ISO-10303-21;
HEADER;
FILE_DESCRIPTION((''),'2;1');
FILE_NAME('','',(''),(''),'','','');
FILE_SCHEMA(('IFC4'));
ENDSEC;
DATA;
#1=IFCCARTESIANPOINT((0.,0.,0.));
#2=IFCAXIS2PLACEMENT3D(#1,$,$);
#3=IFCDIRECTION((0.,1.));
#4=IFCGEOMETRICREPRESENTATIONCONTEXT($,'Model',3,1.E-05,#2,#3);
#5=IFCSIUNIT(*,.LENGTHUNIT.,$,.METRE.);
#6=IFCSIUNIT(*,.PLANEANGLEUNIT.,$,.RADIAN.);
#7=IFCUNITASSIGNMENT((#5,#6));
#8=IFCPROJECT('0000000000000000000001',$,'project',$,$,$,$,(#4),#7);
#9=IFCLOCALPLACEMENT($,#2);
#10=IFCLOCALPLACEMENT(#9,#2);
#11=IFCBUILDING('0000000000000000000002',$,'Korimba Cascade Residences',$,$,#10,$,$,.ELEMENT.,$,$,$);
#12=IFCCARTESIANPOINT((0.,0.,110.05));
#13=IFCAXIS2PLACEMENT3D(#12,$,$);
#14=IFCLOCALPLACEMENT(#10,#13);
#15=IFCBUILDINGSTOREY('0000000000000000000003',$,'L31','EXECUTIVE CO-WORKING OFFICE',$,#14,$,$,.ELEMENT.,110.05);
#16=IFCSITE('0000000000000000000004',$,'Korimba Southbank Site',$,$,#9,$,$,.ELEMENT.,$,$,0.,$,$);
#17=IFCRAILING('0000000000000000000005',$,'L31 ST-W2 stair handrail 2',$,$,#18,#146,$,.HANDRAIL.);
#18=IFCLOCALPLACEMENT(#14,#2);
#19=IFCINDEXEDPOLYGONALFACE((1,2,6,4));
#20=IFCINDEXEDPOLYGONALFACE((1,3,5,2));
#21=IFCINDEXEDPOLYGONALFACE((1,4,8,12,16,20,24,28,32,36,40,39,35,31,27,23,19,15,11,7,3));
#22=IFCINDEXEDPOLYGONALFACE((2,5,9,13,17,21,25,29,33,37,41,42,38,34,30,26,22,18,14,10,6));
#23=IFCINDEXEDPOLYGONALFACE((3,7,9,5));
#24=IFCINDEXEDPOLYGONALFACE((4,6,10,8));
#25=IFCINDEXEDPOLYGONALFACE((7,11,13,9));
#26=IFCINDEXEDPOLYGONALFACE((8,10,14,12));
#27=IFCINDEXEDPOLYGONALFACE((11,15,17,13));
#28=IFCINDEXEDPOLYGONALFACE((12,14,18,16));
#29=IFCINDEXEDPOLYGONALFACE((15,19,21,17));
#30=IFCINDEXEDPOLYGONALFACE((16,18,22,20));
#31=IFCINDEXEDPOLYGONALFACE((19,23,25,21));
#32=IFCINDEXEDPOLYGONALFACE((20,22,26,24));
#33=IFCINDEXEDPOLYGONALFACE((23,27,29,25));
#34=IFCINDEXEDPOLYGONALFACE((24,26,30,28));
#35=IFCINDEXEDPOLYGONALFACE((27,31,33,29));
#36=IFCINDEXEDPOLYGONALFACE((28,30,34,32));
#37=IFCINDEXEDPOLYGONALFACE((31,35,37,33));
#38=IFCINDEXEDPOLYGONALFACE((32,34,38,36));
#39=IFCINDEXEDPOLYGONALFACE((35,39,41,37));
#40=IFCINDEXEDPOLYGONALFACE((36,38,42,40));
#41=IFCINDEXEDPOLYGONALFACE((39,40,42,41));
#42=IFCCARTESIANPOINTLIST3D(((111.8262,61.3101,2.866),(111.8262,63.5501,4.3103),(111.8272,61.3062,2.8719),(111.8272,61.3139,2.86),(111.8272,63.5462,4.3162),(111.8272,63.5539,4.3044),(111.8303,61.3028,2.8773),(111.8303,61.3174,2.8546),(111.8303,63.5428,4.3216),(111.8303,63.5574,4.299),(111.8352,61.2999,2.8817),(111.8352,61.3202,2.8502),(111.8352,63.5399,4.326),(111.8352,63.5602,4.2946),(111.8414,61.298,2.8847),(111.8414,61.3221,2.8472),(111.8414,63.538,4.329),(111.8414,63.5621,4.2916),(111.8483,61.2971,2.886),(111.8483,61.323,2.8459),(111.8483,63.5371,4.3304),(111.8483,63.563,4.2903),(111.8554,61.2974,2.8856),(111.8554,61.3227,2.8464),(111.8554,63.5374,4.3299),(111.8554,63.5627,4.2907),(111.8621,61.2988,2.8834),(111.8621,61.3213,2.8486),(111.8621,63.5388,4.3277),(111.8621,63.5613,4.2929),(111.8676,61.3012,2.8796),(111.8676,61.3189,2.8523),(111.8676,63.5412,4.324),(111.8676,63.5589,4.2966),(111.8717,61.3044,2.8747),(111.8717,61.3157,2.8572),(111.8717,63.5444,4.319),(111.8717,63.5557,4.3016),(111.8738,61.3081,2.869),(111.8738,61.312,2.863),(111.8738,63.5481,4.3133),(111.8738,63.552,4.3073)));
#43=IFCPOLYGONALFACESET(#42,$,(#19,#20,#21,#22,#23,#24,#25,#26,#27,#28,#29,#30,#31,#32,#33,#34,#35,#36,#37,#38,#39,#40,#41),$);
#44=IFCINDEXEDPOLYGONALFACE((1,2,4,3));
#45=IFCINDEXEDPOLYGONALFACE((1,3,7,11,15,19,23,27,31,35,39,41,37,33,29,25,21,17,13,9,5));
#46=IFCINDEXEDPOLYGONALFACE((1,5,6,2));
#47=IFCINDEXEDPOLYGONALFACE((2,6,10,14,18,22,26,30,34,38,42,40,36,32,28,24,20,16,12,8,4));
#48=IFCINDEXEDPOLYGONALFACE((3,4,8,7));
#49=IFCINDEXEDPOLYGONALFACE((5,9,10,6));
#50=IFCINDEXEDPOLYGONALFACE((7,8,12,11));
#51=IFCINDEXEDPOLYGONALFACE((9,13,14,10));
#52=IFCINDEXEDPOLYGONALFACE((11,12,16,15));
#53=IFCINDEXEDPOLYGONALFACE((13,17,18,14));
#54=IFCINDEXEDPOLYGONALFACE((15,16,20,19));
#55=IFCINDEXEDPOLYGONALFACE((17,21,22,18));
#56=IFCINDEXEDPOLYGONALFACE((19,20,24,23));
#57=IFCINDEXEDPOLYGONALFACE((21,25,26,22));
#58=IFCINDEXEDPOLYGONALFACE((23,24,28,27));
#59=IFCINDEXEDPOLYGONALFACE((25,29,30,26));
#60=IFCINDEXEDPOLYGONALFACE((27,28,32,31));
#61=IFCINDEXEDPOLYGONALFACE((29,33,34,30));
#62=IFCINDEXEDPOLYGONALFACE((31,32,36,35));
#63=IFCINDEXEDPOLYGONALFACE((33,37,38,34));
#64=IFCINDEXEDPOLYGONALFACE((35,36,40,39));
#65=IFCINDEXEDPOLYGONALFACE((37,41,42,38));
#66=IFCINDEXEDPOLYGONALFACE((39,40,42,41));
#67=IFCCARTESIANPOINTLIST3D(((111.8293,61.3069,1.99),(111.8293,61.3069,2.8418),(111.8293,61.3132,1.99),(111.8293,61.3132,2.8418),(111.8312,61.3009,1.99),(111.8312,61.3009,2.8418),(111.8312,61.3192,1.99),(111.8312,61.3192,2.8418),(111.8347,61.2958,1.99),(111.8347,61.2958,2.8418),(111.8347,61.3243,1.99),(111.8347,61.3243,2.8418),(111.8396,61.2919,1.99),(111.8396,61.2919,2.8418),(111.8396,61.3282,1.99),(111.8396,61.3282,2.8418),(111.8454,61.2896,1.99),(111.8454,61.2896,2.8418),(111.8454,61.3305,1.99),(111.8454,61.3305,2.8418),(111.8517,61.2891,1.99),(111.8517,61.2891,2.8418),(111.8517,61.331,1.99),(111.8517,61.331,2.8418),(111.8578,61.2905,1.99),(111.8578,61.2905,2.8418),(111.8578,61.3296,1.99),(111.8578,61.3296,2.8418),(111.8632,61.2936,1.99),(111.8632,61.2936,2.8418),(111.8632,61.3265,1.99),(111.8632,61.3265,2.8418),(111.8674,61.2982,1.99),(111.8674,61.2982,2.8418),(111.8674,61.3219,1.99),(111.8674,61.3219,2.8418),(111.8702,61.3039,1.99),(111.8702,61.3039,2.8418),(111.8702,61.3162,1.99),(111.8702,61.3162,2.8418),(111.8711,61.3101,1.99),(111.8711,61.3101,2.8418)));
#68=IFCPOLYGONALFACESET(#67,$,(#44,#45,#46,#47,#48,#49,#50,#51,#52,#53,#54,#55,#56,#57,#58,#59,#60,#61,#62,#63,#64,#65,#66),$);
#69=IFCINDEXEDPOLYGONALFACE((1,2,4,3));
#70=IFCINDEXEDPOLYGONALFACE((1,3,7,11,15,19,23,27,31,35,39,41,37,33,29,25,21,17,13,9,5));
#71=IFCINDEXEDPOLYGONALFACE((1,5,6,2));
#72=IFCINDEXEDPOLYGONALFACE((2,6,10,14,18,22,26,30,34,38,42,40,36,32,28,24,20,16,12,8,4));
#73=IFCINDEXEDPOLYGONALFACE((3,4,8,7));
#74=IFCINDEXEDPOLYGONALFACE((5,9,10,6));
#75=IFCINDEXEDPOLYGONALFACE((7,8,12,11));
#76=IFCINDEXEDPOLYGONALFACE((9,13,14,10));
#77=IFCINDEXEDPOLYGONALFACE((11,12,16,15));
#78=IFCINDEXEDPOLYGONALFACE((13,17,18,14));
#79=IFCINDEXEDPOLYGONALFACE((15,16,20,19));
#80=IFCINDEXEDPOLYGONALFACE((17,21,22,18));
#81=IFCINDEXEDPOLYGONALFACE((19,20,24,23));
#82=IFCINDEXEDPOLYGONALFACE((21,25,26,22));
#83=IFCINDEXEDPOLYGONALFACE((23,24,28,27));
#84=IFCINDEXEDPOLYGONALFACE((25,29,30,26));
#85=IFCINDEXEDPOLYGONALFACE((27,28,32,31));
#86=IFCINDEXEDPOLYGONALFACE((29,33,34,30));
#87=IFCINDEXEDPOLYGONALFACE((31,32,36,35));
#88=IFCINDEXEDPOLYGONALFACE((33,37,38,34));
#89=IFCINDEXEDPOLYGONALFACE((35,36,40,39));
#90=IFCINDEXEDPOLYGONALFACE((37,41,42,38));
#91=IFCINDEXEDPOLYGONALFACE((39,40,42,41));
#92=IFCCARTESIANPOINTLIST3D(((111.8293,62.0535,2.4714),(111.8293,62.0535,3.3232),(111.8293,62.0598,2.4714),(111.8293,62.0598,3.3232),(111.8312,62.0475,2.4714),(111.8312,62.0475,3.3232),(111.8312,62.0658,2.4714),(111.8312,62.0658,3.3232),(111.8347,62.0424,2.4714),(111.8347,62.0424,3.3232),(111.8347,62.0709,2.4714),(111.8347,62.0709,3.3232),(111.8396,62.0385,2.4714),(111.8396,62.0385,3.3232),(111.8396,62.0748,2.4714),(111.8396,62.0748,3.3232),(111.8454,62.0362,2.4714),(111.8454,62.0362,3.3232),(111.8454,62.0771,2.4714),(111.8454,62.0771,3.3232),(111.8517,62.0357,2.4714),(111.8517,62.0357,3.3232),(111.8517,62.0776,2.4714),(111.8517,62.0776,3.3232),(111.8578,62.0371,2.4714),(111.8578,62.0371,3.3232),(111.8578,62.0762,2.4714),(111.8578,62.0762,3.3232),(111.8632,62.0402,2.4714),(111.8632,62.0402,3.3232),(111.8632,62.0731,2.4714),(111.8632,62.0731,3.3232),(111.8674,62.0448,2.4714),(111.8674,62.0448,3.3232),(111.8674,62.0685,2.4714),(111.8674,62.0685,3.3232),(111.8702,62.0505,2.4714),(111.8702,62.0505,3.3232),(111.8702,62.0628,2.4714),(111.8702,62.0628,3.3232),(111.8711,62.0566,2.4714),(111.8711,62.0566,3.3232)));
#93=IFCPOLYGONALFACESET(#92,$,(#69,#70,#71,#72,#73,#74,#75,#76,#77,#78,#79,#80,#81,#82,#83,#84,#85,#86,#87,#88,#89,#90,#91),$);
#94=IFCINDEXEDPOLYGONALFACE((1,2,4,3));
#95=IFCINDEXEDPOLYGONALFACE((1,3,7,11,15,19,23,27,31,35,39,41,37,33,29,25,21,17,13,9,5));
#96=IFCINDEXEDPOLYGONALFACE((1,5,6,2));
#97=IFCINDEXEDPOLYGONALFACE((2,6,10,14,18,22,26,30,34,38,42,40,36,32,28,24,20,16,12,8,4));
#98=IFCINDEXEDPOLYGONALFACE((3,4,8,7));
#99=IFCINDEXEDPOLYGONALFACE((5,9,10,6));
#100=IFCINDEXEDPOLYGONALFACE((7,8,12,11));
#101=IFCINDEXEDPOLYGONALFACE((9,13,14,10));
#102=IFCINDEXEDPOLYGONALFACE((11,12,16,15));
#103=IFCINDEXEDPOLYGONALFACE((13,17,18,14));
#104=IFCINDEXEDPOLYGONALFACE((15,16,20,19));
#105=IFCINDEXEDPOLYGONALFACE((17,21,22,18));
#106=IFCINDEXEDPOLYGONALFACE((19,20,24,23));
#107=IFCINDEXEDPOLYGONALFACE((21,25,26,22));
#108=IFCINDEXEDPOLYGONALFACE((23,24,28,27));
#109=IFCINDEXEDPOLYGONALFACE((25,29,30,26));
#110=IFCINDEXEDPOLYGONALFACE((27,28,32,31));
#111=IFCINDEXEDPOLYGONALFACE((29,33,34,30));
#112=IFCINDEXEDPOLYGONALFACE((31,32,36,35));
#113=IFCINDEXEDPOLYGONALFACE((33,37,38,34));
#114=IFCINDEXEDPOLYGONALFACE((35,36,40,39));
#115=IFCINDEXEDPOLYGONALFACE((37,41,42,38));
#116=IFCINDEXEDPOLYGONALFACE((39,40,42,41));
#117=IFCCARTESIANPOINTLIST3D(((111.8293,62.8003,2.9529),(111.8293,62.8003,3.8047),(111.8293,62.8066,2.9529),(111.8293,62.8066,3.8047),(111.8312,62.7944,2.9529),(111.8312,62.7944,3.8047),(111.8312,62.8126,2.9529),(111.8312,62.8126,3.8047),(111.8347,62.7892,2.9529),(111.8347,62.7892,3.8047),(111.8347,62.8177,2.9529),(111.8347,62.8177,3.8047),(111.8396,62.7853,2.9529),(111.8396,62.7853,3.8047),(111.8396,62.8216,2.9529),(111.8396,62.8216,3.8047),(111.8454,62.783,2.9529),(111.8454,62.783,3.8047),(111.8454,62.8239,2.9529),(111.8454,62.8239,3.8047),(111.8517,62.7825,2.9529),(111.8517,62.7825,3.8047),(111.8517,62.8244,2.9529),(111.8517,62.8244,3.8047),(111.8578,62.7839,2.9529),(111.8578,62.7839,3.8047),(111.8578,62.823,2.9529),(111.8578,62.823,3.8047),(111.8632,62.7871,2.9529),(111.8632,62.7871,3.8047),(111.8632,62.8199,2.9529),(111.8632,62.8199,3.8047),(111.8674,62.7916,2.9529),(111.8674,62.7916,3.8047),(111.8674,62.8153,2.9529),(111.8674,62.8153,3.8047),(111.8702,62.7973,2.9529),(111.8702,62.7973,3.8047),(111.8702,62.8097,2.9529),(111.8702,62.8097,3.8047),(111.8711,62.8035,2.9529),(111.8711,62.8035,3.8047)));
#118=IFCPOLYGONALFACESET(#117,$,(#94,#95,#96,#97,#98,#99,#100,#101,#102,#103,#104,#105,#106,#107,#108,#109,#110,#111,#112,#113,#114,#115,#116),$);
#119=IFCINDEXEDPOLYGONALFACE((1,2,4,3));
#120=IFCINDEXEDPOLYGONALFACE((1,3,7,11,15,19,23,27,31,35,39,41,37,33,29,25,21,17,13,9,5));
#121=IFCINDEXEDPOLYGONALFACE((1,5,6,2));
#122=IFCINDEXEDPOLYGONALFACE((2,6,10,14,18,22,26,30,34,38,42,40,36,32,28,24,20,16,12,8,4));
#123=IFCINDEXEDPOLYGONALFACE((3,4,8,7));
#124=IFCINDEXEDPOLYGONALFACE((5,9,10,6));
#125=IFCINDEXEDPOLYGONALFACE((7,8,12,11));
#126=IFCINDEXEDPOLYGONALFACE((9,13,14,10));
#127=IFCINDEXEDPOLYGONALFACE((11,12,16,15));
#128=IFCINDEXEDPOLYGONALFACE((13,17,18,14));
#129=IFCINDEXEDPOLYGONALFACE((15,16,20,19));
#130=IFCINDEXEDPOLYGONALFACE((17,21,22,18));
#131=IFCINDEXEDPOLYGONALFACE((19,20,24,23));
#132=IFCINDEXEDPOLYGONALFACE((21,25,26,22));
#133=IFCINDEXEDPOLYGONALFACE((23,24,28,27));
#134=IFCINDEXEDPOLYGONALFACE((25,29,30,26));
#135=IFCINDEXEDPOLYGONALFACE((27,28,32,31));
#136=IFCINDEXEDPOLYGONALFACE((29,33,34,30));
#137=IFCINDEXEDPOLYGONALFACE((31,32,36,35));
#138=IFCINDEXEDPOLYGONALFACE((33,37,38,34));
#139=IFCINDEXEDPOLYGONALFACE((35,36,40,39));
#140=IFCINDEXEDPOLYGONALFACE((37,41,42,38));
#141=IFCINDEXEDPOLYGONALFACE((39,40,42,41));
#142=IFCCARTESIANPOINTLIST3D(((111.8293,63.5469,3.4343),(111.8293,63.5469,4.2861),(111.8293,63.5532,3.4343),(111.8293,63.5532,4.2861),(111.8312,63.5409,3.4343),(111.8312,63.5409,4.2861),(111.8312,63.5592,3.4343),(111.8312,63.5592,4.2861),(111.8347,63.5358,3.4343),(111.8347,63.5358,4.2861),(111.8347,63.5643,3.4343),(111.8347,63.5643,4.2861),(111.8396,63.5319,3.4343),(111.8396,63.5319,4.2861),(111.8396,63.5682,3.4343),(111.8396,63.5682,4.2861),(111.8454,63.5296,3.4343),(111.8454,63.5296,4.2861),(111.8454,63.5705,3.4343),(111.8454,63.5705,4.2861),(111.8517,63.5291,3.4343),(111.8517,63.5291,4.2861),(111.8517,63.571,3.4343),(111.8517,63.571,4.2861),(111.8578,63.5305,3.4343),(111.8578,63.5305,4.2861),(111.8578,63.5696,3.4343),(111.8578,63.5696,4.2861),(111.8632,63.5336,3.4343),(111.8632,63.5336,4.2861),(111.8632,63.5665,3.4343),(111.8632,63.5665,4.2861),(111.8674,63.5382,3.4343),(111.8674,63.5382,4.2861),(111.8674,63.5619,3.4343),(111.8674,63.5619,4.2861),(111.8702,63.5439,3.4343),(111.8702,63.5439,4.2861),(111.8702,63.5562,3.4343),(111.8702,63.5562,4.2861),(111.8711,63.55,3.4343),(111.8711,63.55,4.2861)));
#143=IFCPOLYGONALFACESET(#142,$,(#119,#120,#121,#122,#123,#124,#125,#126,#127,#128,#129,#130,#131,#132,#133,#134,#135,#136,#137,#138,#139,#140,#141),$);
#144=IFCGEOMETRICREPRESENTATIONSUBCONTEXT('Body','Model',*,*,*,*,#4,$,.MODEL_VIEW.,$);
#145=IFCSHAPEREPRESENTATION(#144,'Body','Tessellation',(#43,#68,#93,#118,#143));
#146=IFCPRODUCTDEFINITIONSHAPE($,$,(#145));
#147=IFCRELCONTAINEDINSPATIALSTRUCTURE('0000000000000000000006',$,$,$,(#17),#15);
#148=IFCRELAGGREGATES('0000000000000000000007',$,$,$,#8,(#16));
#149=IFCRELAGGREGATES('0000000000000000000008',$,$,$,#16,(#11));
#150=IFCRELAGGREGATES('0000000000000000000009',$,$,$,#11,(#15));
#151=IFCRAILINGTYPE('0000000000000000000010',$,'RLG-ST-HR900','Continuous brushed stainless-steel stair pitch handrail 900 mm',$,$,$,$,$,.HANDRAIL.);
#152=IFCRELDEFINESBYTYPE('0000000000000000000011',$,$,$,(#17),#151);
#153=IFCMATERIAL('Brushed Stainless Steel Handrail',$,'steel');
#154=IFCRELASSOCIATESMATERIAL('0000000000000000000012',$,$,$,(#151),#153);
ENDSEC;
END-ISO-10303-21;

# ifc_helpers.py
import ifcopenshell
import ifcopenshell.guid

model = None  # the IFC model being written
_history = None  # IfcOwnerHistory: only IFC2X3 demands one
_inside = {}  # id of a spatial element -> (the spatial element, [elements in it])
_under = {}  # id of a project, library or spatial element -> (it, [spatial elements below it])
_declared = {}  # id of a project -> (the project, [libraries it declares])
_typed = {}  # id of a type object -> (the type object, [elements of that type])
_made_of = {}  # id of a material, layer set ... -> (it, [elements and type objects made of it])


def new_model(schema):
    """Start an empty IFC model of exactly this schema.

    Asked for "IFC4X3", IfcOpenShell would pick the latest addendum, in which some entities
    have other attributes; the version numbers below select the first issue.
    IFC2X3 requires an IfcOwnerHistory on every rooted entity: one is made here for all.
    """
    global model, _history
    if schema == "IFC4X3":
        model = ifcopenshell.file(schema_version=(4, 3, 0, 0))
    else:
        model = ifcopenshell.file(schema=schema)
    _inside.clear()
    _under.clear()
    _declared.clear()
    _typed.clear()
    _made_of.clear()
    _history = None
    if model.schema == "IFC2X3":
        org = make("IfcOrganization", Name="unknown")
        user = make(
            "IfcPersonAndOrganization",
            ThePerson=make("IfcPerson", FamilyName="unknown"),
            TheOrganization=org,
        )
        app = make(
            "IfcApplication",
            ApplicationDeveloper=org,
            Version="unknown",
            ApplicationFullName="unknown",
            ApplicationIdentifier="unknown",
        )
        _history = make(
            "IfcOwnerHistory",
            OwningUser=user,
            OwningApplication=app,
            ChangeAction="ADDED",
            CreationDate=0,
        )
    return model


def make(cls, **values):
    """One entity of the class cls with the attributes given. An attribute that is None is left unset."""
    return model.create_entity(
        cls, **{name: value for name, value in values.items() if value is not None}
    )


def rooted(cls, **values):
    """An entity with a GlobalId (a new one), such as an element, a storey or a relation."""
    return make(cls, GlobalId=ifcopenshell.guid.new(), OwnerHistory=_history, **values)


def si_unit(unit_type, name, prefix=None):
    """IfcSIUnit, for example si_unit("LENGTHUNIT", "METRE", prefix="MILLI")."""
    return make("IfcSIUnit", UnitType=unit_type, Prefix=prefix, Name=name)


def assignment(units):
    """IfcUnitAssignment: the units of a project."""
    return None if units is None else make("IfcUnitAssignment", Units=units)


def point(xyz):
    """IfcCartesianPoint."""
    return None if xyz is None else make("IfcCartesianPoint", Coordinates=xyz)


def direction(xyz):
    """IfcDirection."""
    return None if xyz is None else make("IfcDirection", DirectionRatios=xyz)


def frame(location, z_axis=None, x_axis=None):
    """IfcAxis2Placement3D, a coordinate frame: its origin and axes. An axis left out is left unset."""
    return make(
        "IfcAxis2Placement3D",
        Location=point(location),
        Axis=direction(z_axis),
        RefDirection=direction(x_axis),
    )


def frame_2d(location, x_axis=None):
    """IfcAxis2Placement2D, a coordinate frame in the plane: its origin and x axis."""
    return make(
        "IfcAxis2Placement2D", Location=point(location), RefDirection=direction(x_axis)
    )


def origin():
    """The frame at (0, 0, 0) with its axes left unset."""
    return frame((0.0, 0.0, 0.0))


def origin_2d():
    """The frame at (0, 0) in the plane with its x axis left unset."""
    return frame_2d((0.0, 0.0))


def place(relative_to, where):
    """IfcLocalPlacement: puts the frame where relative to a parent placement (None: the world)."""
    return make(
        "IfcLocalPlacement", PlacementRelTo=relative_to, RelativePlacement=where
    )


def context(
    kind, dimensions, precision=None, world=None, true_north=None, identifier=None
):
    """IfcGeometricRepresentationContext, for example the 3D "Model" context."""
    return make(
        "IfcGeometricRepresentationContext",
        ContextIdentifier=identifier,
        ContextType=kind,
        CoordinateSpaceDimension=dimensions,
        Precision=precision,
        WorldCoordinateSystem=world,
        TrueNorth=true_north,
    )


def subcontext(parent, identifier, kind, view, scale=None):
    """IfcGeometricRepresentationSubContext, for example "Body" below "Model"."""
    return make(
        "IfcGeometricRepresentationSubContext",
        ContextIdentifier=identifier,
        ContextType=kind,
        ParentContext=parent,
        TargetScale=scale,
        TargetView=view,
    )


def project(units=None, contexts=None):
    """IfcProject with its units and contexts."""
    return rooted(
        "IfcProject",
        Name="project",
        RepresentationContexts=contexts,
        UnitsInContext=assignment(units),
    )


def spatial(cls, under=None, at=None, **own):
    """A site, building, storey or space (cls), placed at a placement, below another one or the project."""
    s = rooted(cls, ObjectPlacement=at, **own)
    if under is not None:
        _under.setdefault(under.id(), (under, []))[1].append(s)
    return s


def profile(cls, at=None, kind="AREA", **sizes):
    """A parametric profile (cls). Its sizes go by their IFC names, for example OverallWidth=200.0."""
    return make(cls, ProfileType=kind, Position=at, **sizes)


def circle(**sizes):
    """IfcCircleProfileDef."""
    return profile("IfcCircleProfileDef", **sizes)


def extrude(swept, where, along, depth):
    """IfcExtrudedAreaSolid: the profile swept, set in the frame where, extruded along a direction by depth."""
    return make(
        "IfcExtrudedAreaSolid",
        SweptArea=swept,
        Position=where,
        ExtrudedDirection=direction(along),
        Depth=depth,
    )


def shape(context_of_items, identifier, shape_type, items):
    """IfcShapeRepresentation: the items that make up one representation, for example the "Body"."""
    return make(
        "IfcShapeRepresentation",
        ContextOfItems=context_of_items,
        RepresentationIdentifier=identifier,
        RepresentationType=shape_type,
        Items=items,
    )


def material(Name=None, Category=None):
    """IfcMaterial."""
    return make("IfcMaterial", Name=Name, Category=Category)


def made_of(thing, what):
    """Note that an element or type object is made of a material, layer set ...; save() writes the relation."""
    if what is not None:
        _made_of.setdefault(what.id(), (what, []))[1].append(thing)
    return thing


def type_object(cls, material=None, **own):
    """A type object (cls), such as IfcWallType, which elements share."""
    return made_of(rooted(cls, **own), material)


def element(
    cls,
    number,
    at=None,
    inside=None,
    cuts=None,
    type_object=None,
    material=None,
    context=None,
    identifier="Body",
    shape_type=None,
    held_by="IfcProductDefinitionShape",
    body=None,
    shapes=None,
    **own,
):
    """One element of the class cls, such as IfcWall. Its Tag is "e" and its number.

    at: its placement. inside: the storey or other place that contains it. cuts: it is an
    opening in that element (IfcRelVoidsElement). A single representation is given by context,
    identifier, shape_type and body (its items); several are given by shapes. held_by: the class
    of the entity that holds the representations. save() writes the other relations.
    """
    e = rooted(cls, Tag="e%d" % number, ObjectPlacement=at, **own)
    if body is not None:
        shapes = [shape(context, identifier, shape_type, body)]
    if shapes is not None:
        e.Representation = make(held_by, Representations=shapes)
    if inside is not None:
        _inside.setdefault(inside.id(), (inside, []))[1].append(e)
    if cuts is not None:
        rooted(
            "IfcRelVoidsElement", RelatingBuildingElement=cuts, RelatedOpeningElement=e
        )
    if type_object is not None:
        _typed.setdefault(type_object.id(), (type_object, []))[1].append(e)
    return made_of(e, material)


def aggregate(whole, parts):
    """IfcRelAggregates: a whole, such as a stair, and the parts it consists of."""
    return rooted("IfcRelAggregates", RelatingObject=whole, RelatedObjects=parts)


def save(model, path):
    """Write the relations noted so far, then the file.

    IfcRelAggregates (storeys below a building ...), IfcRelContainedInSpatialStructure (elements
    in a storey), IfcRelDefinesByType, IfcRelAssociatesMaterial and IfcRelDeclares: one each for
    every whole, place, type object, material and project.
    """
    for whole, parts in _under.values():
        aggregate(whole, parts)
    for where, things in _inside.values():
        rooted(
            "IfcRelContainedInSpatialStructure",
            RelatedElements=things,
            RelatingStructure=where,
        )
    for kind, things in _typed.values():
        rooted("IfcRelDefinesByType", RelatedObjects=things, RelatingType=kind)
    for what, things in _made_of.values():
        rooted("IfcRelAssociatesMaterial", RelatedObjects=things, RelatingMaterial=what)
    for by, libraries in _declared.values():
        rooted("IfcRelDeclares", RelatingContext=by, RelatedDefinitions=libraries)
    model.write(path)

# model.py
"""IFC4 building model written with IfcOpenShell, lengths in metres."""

from ifc_helpers import new_model, si_unit, direction, frame, origin, origin_2d, place, context, subcontext, project, spatial, circle, extrude, material, type_object, element, save


model = new_model("IFC4")

# Units and contexts
model_context = context("Model", 3, precision=1e-05, world=origin(), true_north=direction((0.0, 1.0)))
body_context = subcontext(model_context, "Body", "Model", "MODEL_VIEW")
ifc_project = project(units=[si_unit("LENGTHUNIT", "METRE"), si_unit("PLANEANGLEUNIT", "RADIAN")], contexts=[model_context])

# Site, building, storey
site_placement = place(None, origin())
site = spatial("IfcSite", under=ifc_project, at=site_placement, Name="Korimba Southbank Site", CompositionType="ELEMENT", RefElevation=0.0)
building_placement = place(site_placement, origin())
building = spatial("IfcBuilding", under=site, at=building_placement, Name="Korimba Cascade Residences", CompositionType="ELEMENT")
storey_placement = place(building_placement, frame((0.0, 0.0, 110.05)))
storey = spatial("IfcBuildingStorey", under=building, at=storey_placement, Name="L31", Description="EXECUTIVE CO-WORKING OFFICE", CompositionType="ELEMENT", Elevation=110.05)

# Railing
ifc_material_1 = material(Name="Brushed Stainless Steel Handrail", Category="steel")
railing_type_1 = type_object("IfcRailingType", Name="RLG-ST-HR900", Description="Continuous brushed stainless-steel stair pitch handrail 900 mm", PredefinedType="HANDRAIL", material=ifc_material_1)
railing_1_placement = place(storey_placement, frame((111.8501, 61.3101, 1.99)))
element("IfcRailing", 1, at=railing_1_placement, inside=storey, type_object=railing_type_1, Name="L31 ST-W2 stair handrail 2", PredefinedType="HANDRAIL", context=body_context, shape_type="SweptSolid", body=[
    extrude(circle(Radius=0.0239, at=origin_2d()), frame((0.0, 0.0, 0.876), z_axis=(0.0, 0.840437, 0.54191), x_axis=(-1.0, 0.0, 0.0)), (0.0, 0.0, 1.0), 2.6653),
    extrude(circle(Radius=0.021, at=origin_2d()), origin(), (0.0, 0.0, 1.0), 0.8518),
    extrude(circle(Radius=0.021, at=origin_2d()), frame((0.0, 0.7466, 0.4814)), (0.0, 0.0, 1.0), 0.8518),
    extrude(circle(Radius=0.021, at=origin_2d()), frame((0.0, 1.4934, 0.9629)), (0.0, 0.0, 1.0), 0.8518),
    extrude(circle(Radius=0.021, at=origin_2d()), frame((0.0, 2.24, 1.4443)), (0.0, 0.0, 1.0), 0.8518),
])

save(model, "model.ifc")
